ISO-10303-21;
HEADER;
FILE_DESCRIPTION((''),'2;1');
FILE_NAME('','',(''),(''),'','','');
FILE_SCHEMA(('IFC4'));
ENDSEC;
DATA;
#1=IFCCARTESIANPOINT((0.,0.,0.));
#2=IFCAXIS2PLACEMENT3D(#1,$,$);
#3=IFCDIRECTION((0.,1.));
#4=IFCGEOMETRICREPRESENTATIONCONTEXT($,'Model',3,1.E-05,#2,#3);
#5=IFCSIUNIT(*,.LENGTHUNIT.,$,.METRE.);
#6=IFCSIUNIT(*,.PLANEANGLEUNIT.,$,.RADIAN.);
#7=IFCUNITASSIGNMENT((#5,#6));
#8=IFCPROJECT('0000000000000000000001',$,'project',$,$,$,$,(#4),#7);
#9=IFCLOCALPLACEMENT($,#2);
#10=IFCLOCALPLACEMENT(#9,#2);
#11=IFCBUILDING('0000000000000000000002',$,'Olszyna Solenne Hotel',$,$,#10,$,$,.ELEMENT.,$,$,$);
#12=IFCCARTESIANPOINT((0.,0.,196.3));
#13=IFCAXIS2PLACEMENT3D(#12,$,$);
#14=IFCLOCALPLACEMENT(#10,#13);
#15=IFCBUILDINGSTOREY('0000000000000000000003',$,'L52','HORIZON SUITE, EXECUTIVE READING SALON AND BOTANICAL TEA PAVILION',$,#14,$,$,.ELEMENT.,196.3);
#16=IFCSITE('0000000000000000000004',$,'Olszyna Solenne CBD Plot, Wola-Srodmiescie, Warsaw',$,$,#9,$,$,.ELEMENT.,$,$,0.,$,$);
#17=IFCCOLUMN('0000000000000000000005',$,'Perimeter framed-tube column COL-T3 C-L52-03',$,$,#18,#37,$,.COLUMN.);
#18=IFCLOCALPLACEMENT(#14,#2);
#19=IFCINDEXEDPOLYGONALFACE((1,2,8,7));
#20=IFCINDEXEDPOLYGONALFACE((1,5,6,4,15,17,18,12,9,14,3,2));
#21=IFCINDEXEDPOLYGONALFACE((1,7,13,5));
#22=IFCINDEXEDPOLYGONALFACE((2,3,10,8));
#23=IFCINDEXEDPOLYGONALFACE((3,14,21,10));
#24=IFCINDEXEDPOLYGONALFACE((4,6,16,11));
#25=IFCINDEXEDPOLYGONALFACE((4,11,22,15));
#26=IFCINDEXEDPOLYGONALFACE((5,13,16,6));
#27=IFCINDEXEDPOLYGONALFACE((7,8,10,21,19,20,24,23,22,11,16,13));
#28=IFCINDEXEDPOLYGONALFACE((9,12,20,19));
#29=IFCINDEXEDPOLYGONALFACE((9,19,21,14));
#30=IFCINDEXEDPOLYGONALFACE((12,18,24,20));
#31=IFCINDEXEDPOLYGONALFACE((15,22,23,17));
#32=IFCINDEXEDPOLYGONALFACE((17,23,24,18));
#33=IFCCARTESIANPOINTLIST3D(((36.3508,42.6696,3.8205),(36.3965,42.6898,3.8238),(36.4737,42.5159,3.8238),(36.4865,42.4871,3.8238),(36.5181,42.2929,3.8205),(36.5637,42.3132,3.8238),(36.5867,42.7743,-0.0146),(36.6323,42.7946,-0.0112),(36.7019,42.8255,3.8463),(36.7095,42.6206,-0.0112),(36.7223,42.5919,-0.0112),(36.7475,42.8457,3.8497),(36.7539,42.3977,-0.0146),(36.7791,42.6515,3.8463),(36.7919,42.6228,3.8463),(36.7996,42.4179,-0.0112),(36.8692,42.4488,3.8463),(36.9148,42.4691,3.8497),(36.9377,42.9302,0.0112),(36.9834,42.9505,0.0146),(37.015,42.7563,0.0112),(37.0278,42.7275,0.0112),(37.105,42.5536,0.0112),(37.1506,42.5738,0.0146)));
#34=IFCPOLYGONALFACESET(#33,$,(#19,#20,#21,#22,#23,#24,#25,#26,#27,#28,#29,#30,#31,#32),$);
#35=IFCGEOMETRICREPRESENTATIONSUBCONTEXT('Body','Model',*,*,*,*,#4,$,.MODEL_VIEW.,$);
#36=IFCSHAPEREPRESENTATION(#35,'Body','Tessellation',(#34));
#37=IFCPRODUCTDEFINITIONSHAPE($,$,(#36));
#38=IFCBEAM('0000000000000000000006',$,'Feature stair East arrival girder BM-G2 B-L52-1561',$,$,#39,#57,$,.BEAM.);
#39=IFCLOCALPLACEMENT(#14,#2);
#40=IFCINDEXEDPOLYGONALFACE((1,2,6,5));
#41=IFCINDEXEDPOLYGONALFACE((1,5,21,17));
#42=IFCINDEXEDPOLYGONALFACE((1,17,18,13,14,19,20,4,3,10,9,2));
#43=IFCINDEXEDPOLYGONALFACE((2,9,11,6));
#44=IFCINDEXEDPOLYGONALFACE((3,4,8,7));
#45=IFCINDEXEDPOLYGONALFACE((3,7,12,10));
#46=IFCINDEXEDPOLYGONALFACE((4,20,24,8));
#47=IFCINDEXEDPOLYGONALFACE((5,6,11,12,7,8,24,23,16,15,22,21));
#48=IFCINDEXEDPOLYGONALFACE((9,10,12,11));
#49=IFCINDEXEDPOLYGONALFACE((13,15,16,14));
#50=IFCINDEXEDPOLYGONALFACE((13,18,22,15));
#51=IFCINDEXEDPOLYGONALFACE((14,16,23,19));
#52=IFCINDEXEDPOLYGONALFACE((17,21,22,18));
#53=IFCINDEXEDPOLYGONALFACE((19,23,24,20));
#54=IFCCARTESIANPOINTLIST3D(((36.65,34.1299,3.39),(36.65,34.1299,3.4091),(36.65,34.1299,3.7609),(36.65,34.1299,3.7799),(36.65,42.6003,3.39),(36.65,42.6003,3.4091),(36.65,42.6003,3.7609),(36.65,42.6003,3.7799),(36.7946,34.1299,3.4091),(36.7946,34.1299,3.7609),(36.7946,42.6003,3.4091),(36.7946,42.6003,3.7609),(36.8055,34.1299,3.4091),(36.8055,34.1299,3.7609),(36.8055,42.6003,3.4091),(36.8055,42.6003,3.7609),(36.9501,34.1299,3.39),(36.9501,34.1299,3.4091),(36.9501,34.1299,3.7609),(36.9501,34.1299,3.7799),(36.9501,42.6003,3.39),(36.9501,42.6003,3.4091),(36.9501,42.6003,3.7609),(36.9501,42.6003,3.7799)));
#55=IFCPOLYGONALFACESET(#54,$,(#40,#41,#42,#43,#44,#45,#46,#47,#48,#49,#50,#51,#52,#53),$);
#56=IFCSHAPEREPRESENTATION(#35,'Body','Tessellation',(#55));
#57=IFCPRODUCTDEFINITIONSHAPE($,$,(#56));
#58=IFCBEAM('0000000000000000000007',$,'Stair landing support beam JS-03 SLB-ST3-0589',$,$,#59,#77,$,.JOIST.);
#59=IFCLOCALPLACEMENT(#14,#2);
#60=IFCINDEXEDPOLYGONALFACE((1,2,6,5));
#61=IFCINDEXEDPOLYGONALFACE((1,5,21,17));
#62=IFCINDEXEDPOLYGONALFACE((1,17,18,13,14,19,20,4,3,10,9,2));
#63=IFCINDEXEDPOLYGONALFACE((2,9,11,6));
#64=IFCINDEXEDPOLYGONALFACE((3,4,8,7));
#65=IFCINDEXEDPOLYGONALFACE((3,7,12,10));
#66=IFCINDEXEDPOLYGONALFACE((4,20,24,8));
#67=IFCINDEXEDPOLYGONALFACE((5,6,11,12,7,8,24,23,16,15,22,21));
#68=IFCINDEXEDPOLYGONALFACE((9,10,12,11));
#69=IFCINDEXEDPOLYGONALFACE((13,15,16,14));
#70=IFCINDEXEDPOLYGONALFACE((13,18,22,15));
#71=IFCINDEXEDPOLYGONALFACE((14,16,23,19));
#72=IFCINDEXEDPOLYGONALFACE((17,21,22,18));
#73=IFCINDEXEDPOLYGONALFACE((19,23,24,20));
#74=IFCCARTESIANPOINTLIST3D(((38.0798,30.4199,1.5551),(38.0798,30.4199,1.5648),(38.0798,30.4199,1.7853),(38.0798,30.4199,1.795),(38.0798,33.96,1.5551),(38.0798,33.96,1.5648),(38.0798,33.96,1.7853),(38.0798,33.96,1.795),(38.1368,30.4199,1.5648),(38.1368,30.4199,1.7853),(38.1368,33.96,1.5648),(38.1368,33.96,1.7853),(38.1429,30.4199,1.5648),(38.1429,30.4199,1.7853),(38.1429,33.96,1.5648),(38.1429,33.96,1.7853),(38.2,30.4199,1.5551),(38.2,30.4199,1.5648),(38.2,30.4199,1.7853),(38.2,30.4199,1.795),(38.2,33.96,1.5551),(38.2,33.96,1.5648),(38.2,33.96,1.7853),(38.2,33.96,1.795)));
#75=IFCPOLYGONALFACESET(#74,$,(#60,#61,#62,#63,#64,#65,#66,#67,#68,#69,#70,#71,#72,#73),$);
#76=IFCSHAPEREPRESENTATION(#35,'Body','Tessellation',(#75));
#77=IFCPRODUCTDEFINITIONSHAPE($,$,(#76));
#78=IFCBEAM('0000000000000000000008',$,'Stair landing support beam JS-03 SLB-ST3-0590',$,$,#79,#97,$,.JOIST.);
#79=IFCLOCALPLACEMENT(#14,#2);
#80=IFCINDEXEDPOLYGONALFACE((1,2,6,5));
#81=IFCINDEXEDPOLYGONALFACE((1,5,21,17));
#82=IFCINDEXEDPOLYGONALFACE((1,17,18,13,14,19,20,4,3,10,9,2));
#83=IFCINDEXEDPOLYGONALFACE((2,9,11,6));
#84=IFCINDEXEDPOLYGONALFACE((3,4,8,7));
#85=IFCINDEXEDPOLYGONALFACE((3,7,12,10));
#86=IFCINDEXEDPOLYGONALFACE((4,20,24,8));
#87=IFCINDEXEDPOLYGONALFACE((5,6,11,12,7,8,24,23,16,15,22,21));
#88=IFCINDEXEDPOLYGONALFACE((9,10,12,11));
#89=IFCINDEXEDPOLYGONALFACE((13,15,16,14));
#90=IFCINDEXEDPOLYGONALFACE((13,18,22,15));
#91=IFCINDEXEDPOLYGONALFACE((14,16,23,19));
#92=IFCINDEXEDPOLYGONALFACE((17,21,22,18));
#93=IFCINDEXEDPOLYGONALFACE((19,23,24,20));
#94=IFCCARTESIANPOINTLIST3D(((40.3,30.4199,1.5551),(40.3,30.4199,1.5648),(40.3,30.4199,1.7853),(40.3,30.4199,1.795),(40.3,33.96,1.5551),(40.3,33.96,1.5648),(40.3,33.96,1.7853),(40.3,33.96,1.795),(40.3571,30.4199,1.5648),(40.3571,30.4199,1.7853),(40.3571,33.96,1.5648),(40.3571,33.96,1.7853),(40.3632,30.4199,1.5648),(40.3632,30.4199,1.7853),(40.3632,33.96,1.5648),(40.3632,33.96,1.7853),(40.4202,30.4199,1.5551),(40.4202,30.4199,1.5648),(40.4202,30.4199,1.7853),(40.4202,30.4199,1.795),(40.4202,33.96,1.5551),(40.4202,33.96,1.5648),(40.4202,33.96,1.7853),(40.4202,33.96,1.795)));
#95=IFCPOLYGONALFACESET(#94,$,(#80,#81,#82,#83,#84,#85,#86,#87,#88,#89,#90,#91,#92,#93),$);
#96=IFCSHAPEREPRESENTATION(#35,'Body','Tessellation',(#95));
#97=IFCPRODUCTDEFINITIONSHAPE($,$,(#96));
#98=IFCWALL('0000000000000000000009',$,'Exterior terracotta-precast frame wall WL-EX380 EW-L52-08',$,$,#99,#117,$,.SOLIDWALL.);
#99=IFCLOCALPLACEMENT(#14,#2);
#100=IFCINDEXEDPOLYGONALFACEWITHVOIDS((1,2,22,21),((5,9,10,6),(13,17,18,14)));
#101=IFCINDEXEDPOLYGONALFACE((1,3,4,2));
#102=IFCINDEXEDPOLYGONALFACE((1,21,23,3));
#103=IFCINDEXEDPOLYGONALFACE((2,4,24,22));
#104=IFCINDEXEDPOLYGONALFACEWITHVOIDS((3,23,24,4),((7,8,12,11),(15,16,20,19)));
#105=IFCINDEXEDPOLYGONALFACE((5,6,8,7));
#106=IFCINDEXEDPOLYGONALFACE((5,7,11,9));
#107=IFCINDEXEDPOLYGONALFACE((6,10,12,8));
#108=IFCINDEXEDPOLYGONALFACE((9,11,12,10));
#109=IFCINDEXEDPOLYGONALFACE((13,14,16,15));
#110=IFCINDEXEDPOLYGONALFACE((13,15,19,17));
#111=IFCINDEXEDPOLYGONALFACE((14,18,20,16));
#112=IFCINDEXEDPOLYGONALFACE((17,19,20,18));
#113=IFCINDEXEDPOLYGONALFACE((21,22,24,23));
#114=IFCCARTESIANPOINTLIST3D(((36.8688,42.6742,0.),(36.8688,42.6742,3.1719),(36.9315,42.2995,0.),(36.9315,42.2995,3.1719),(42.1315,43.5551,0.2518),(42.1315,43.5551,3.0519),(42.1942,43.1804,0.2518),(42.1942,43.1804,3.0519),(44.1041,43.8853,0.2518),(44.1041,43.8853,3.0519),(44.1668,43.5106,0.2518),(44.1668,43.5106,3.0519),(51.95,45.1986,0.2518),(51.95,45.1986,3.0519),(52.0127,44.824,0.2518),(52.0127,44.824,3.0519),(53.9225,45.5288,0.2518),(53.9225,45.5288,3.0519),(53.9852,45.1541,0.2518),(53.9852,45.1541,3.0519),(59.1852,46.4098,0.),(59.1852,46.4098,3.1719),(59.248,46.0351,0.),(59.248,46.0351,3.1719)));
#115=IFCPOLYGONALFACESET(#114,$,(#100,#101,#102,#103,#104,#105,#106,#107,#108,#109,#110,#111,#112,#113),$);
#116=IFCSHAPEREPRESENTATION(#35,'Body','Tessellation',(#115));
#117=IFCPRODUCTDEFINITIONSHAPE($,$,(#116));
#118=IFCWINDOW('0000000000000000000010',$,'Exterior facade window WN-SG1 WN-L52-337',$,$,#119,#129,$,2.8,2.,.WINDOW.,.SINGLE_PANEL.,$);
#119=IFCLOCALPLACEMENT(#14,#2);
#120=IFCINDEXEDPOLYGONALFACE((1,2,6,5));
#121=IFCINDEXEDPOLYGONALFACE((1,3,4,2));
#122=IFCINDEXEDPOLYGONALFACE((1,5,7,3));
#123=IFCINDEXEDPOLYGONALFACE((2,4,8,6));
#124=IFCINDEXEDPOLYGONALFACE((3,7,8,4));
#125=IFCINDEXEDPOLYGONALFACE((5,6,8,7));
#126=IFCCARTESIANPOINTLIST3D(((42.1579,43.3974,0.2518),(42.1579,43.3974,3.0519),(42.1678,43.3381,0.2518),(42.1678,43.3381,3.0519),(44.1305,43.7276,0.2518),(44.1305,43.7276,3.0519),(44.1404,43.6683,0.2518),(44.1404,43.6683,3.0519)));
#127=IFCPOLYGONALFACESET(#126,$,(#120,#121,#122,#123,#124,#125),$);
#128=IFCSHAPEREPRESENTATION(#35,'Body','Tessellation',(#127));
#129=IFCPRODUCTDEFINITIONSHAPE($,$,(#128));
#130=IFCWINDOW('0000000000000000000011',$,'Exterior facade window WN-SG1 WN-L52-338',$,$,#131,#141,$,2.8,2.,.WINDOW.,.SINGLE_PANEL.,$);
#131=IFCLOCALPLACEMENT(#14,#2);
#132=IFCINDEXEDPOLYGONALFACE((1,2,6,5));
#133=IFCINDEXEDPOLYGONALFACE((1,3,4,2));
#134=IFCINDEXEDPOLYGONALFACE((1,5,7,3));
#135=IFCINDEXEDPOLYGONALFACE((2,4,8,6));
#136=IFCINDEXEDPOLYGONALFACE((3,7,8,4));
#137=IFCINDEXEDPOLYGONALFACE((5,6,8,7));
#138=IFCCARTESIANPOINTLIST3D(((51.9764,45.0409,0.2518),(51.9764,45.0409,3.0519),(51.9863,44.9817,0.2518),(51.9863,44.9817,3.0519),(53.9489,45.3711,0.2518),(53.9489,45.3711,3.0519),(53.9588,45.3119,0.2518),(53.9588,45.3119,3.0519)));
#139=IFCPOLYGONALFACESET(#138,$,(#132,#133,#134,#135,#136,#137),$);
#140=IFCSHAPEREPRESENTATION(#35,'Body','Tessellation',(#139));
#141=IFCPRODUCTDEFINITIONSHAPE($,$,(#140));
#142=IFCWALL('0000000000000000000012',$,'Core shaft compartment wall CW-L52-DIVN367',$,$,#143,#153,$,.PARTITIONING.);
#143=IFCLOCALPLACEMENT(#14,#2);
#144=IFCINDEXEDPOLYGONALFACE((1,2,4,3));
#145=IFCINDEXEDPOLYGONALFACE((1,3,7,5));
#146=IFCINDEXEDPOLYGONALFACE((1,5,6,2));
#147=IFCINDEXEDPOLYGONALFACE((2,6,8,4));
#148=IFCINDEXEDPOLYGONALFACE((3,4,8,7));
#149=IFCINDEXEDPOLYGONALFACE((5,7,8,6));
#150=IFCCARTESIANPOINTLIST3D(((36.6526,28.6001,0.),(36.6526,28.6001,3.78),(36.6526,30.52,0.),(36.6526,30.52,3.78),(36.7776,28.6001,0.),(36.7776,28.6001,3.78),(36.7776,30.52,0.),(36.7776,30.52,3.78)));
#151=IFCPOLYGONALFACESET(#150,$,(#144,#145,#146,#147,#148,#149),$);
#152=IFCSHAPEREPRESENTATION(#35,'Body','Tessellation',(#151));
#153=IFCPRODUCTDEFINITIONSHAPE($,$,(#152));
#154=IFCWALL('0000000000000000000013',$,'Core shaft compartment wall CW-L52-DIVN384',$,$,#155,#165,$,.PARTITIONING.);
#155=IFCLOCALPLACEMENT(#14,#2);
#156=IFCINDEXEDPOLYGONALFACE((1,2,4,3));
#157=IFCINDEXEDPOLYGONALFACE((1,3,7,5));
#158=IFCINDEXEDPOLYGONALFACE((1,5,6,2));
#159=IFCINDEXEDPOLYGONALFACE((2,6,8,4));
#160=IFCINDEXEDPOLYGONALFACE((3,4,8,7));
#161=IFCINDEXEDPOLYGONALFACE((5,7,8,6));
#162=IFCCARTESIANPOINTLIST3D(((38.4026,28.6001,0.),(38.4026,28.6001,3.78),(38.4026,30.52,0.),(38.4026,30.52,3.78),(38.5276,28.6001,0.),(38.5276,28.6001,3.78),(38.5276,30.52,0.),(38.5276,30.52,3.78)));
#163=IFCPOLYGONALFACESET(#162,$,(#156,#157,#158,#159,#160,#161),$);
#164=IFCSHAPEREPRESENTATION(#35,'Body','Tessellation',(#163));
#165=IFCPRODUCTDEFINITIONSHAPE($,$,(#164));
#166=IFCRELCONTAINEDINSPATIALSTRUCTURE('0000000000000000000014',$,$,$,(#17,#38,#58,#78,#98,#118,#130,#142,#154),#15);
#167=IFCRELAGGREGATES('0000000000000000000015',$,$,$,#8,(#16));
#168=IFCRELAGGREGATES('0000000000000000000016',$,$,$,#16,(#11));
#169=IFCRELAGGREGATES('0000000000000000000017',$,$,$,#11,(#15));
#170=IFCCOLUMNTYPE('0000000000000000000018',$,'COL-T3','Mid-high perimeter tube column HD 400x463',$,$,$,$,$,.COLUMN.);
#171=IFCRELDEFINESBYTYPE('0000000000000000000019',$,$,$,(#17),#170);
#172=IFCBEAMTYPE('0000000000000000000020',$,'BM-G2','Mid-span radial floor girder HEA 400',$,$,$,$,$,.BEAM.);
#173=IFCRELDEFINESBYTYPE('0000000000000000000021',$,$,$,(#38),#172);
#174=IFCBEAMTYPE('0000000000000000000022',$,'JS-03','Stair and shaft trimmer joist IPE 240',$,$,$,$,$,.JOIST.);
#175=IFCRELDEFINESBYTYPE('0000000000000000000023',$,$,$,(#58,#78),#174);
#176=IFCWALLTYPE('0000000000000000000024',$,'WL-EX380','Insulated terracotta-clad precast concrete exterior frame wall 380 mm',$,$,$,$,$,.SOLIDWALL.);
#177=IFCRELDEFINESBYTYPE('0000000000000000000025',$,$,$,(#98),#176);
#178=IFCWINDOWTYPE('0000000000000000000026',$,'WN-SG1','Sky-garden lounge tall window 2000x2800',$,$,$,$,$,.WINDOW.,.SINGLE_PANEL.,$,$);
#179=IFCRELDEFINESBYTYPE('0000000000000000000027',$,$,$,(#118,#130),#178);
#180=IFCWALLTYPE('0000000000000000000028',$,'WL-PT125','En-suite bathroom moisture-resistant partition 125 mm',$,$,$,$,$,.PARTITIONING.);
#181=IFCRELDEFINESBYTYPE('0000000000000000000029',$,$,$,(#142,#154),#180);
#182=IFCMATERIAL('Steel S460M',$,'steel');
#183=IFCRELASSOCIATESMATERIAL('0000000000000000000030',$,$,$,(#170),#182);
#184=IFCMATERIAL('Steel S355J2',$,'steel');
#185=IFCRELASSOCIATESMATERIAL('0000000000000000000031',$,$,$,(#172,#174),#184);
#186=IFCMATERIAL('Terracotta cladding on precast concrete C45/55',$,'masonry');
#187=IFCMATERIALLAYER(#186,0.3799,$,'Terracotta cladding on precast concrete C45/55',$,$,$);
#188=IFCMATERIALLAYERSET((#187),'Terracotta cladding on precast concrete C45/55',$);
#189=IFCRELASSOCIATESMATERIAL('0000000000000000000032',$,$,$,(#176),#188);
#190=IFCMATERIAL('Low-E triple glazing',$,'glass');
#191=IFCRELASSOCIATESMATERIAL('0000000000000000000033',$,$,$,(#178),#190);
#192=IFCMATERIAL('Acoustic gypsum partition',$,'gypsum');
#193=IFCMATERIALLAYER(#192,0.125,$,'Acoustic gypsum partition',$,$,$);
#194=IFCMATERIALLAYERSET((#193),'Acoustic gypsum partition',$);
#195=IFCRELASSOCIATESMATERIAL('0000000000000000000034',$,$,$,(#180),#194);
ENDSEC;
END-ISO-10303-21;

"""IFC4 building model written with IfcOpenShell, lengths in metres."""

from ifc_helpers import new_model, si_unit, direction, frame, frame_2d, origin, origin_2d, place, context, subcontext, project, spatial, rectangle, i_section, extrude, source, transform, mapped, material, layer, layer_set, material_profile, profile_set, type_object, type_shapes, element, fill, save


model = new_model("IFC4")

# Units and contexts
model_context = context("Model", 3, precision=1e-05, world=origin(), true_north=direction((0.0, 1.0)))
body_context = subcontext(model_context, "Body", "Model", "MODEL_VIEW")
ifc_project = project(units=[si_unit("LENGTHUNIT", "METRE"), si_unit("PLANEANGLEUNIT", "RADIAN")], contexts=[model_context])

# Site, building, storey
site_placement = place(None, origin())
site = spatial("IfcSite", under=ifc_project, at=site_placement, Name="Olszyna Solenne CBD Plot, Wola-Srodmiescie, Warsaw", CompositionType="ELEMENT", RefElevation=0.0)
building_placement = place(site_placement, origin())
building = spatial("IfcBuilding", under=site, at=building_placement, Name="Olszyna Solenne Hotel", CompositionType="ELEMENT")
storey_placement = place(building_placement, frame((0.0, 0.0, 196.3)))
storey = spatial("IfcBuildingStorey", under=building, at=storey_placement, Name="L52", Description="HORIZON SUITE, EXECUTIVE READING SALON AND BOTANICAL TEA PAVILION", CompositionType="ELEMENT", Elevation=196.3)

# Column
ifc_material_1 = material(Name="Steel S460M", Category="steel")
ifc_material_profile_1 = material_profile(ifc_material_1, i_section(OverallWidth=0.4121, OverallDepth=0.4351, WebThickness=0.0315, FlangeThickness=0.05, at=origin_2d()), Name="HD 400x463", Category="load-bearing")
ifc_profile_set_1 = profile_set([ifc_material_profile_1], Name="Steel S460M")
column_type = type_object("IfcColumnType", Name="COL-T3", Description="Mid-high perimeter tube column HD 400x463", PredefinedType="COLUMN", material=ifc_profile_set_1)
shared_shape_1 = source(origin(), body_context, "Body", "SweptSolid", [
    extrude(i_section(OverallWidth=0.4121, OverallDepth=0.4351, WebThickness=0.0315, FlangeThickness=0.05, at=origin_2d()), origin(), (0.0, 0.0, 1.0), 3.8438),
])
column_placement = place(storey_placement, frame((36.8687, 42.6741, 0.0), z_axis=(-0.061359, -0.027249, 0.997744), x_axis=(0.405875, -0.913929, 0.0)))
element("IfcColumn", 1, at=column_placement, inside=storey, type_object=column_type, Name="Perimeter framed-tube column COL-T3 C-L52-03", PredefinedType="COLUMN", context=body_context, shape_type="MappedRepresentation", body=[
    mapped(shared_shape_1, transform((0.0, 0.0, 0.0), x_axis=(1.0, 0.0, 0.0), y_axis=(0.0, 1.0, 0.0), z_axis=(0.0, 0.0, 1.0), scale=1.0)),
])

# Beams
ifc_material_2 = material(Name="Steel S355J2", Category="steel")
ifc_material_profile_2 = material_profile(ifc_material_2, i_section(OverallWidth=0.3, OverallDepth=0.3899, WebThickness=0.011, FlangeThickness=0.019, at=origin_2d()), Name="HEA 400", Category="load-bearing")
ifc_profile_set_2 = profile_set([ifc_material_profile_2], Name="Steel S355J2")
beam_type_1 = type_object("IfcBeamType", Name="BM-G2", Description="Mid-span radial floor girder HEA 400", PredefinedType="BEAM", material=ifc_profile_set_2)
shared_shape_2 = source(origin(), body_context, "Body", "SweptSolid", [
    extrude(i_section(OverallWidth=0.3, OverallDepth=0.3899, WebThickness=0.011, FlangeThickness=0.019, at=origin_2d()), origin(), (0.0, 0.0, 1.0), 8.4705),
])
beam_placement = place(storey_placement, frame((36.8, 34.1299, 3.585), z_axis=(0.0, 1.0, 0.0), x_axis=(-1.0, 0.0, 0.0)))
element("IfcBeam", 2, at=beam_placement, inside=storey, type_object=beam_type_1, Name="Feature stair East arrival girder BM-G2 B-L52-1561", PredefinedType="BEAM", context=body_context, shape_type="MappedRepresentation", body=[
    mapped(shared_shape_2, transform((0.0, 0.0, 0.0), x_axis=(1.0, 0.0, 0.0), y_axis=(0.0, 1.0, 0.0), z_axis=(0.0, 0.0, 1.0), scale=1.0)),
])
ifc_material_profile_3 = material_profile(ifc_material_2, i_section(OverallWidth=0.1201, OverallDepth=0.24, WebThickness=0.0061, FlangeThickness=0.0098, at=origin_2d()), Name="IPE 240", Category="load-bearing")
ifc_profile_set_3 = profile_set([ifc_material_profile_3], Name="Steel S355J2")
beam_type_2 = type_object("IfcBeamType", Name="JS-03", Description="Stair and shaft trimmer joist IPE 240", PredefinedType="JOIST", material=ifc_profile_set_3)
shared_shape_3 = source(origin(), body_context, "Body", "SweptSolid", [
    extrude(i_section(OverallWidth=0.1201, OverallDepth=0.24, WebThickness=0.0061, FlangeThickness=0.0098, at=origin_2d()), origin(), (0.0, 0.0, 1.0), 3.54),
])
for number, where, z_axis, x_axis, name in (
    (3, (38.1399, 30.4199, 1.675), (0.0, 1.0, 0.0), (-1.0, 0.0, 0.0), "Stair landing support beam JS-03 SLB-ST3-0589"),
    (4, (40.3601, 30.4199, 1.675), (0.0, 1.0, 0.0), (-1.0, 0.0, 0.0), "Stair landing support beam JS-03 SLB-ST3-0590"),
):
    element("IfcBeam", number, at=place(storey_placement, frame(where, z_axis=z_axis, x_axis=x_axis)), inside=storey, type_object=beam_type_2, Name=name, PredefinedType="JOIST", context=body_context, shape_type="MappedRepresentation", body=[
        mapped(shared_shape_3, transform((0.0, 0.0, 0.0), x_axis=(1.0, 0.0, 0.0), y_axis=(0.0, 1.0, 0.0), z_axis=(0.0, 0.0, 1.0), scale=1.0)),
    ])

# Wall, openings, windows
ifc_material_3 = material(Name="Terracotta cladding on precast concrete C45/55", Category="masonry")
ifc_layer_1 = layer(ifc_material_3, 0.3799, Name="Terracotta cladding on precast concrete C45/55")
ifc_layer_set_1 = layer_set([ifc_layer_1], Name="Terracotta cladding on precast concrete C45/55")
wall_type_1 = type_object("IfcWallType", Name="WL-EX380", Description="Insulated terracotta-clad precast concrete exterior frame wall 380 mm", PredefinedType="SOLIDWALL", material=ifc_layer_set_1)
wall_1_placement = place(storey_placement, frame((36.9001, 42.4868, 0.0), z_axis=(0.0, 0.0, 1.0), x_axis=(0.986278, 0.165095, 0.0)))
wall_1 = element("IfcWall", 5, at=wall_1_placement, inside=storey, type_object=wall_type_1, Name="Exterior terracotta-precast frame wall WL-EX380 EW-L52-08", PredefinedType="SOLIDWALL", context=body_context, shape_type="SweptSolid", body=[
    extrude(rectangle(XDim=22.627, YDim=0.3799, at=frame_2d((11.3135, 0.0))), origin(), (0.0, 0.0, 1.0), 3.1719),
])
opening_1_placement = place(wall_1_placement, frame((5.3359, 0.0, 0.252)))
opening_1 = element("IfcOpeningElement", 6, at=opening_1_placement, cuts=wall_1, PredefinedType="OPENING", context=body_context, shape_type="SweptSolid", body=[
    extrude(rectangle(XDim=2.0, YDim=2.8, at=frame_2d((1.0, 1.3999))), frame((0.0, 0.2, 0.0), z_axis=(0.0, -1.0, 0.0), x_axis=(1.0, 0.0, 0.0)), (0.0, 0.0, 1.0), 0.3999),
])
opening_2_placement = place(wall_1_placement, frame((15.291, 0.0, 0.252)))
opening_2 = element("IfcOpeningElement", 7, at=opening_2_placement, cuts=wall_1, PredefinedType="OPENING", context=body_context, shape_type="SweptSolid", body=[
    extrude(rectangle(XDim=2.0, YDim=2.8, at=frame_2d((1.0, 1.3999))), frame((0.0, 0.2, 0.0), z_axis=(0.0, -1.0, 0.0), x_axis=(1.0, 0.0, 0.0)), (0.0, 0.0, 1.0), 0.3999),
])
ifc_material_4 = material(Name="Low-E triple glazing", Category="glass")
window_type = type_object("IfcWindowType", Name="WN-SG1", Description="Sky-garden lounge tall window 2000x2800", PartitioningType="SINGLE_PANEL", PredefinedType="WINDOW", material=ifc_material_4)
shared_shape_4 = source(origin(), body_context, "Body", "SweptSolid", [
    extrude(rectangle(XDim=2.0, YDim=2.8, at=frame_2d((1.0, 1.3999))), frame((0.0, 0.03, 0.0), z_axis=(0.0, -1.0, 0.0), x_axis=(1.0, 0.0, 0.0)), (0.0, 0.0, 1.0), 0.0601),
])
type_shapes(window_type, [shared_shape_4])
window_1_placement = place(opening_1_placement, origin())
window_1 = element("IfcWindow", 8, at=window_1_placement, inside=storey, type_object=window_type, Name="Exterior facade window WN-SG1 WN-L52-337", OverallHeight=2.8, OverallWidth=2.0, PartitioningType="SINGLE_PANEL", PredefinedType="WINDOW", context=body_context, shape_type="MappedRepresentation", body=[
    mapped(shared_shape_4, transform((0.0, 0.0, 0.0), x_axis=(1.0, 0.0, 0.0), y_axis=(0.0, 1.0, 0.0), z_axis=(0.0, 0.0, 1.0), scale=1.0)),
])
fill(opening_1, window_1)
window_2_placement = place(opening_2_placement, origin())
window_2 = element("IfcWindow", 9, at=window_2_placement, inside=storey, type_object=window_type, Name="Exterior facade window WN-SG1 WN-L52-338", OverallHeight=2.8, OverallWidth=2.0, PartitioningType="SINGLE_PANEL", PredefinedType="WINDOW", context=body_context, shape_type="MappedRepresentation", body=[
    mapped(shared_shape_4, transform((0.0, 0.0, 0.0), x_axis=(1.0, 0.0, 0.0), y_axis=(0.0, 1.0, 0.0), z_axis=(0.0, 0.0, 1.0), scale=1.0)),
])
fill(opening_2, window_2)

# Walls
ifc_material_5 = material(Name="Acoustic gypsum partition", Category="gypsum")
ifc_layer_2 = layer(ifc_material_5, 0.125, Name="Acoustic gypsum partition")
ifc_layer_set_2 = layer_set([ifc_layer_2], Name="Acoustic gypsum partition")
wall_type_2 = type_object("IfcWallType", Name="WL-PT125", Description="En-suite bathroom moisture-resistant partition 125 mm", PredefinedType="PARTITIONING", material=ifc_layer_set_2)
for number, where, z_axis, x_axis, name in (
    (10, (36.7151, 28.6001, 0.0), (0.0, 0.0, 1.0), (0.0, 1.0, 0.0), "Core shaft compartment wall CW-L52-DIVN367"),
    (11, (38.4651, 28.6001, 0.0), (0.0, 0.0, 1.0), (0.0, 1.0, 0.0), "Core shaft compartment wall CW-L52-DIVN384"),
):
    element("IfcWall", number, at=place(storey_placement, frame(where, z_axis=z_axis, x_axis=x_axis)), inside=storey, type_object=wall_type_2, Name=name, PredefinedType="PARTITIONING", context=body_context, shape_type="SweptSolid", body=[
        extrude(rectangle(XDim=1.9199, YDim=0.125, at=frame_2d((0.96, 0.0))), origin(), (0.0, 0.0, 1.0), 3.78),
    ])

save(model, "model.ifc")
